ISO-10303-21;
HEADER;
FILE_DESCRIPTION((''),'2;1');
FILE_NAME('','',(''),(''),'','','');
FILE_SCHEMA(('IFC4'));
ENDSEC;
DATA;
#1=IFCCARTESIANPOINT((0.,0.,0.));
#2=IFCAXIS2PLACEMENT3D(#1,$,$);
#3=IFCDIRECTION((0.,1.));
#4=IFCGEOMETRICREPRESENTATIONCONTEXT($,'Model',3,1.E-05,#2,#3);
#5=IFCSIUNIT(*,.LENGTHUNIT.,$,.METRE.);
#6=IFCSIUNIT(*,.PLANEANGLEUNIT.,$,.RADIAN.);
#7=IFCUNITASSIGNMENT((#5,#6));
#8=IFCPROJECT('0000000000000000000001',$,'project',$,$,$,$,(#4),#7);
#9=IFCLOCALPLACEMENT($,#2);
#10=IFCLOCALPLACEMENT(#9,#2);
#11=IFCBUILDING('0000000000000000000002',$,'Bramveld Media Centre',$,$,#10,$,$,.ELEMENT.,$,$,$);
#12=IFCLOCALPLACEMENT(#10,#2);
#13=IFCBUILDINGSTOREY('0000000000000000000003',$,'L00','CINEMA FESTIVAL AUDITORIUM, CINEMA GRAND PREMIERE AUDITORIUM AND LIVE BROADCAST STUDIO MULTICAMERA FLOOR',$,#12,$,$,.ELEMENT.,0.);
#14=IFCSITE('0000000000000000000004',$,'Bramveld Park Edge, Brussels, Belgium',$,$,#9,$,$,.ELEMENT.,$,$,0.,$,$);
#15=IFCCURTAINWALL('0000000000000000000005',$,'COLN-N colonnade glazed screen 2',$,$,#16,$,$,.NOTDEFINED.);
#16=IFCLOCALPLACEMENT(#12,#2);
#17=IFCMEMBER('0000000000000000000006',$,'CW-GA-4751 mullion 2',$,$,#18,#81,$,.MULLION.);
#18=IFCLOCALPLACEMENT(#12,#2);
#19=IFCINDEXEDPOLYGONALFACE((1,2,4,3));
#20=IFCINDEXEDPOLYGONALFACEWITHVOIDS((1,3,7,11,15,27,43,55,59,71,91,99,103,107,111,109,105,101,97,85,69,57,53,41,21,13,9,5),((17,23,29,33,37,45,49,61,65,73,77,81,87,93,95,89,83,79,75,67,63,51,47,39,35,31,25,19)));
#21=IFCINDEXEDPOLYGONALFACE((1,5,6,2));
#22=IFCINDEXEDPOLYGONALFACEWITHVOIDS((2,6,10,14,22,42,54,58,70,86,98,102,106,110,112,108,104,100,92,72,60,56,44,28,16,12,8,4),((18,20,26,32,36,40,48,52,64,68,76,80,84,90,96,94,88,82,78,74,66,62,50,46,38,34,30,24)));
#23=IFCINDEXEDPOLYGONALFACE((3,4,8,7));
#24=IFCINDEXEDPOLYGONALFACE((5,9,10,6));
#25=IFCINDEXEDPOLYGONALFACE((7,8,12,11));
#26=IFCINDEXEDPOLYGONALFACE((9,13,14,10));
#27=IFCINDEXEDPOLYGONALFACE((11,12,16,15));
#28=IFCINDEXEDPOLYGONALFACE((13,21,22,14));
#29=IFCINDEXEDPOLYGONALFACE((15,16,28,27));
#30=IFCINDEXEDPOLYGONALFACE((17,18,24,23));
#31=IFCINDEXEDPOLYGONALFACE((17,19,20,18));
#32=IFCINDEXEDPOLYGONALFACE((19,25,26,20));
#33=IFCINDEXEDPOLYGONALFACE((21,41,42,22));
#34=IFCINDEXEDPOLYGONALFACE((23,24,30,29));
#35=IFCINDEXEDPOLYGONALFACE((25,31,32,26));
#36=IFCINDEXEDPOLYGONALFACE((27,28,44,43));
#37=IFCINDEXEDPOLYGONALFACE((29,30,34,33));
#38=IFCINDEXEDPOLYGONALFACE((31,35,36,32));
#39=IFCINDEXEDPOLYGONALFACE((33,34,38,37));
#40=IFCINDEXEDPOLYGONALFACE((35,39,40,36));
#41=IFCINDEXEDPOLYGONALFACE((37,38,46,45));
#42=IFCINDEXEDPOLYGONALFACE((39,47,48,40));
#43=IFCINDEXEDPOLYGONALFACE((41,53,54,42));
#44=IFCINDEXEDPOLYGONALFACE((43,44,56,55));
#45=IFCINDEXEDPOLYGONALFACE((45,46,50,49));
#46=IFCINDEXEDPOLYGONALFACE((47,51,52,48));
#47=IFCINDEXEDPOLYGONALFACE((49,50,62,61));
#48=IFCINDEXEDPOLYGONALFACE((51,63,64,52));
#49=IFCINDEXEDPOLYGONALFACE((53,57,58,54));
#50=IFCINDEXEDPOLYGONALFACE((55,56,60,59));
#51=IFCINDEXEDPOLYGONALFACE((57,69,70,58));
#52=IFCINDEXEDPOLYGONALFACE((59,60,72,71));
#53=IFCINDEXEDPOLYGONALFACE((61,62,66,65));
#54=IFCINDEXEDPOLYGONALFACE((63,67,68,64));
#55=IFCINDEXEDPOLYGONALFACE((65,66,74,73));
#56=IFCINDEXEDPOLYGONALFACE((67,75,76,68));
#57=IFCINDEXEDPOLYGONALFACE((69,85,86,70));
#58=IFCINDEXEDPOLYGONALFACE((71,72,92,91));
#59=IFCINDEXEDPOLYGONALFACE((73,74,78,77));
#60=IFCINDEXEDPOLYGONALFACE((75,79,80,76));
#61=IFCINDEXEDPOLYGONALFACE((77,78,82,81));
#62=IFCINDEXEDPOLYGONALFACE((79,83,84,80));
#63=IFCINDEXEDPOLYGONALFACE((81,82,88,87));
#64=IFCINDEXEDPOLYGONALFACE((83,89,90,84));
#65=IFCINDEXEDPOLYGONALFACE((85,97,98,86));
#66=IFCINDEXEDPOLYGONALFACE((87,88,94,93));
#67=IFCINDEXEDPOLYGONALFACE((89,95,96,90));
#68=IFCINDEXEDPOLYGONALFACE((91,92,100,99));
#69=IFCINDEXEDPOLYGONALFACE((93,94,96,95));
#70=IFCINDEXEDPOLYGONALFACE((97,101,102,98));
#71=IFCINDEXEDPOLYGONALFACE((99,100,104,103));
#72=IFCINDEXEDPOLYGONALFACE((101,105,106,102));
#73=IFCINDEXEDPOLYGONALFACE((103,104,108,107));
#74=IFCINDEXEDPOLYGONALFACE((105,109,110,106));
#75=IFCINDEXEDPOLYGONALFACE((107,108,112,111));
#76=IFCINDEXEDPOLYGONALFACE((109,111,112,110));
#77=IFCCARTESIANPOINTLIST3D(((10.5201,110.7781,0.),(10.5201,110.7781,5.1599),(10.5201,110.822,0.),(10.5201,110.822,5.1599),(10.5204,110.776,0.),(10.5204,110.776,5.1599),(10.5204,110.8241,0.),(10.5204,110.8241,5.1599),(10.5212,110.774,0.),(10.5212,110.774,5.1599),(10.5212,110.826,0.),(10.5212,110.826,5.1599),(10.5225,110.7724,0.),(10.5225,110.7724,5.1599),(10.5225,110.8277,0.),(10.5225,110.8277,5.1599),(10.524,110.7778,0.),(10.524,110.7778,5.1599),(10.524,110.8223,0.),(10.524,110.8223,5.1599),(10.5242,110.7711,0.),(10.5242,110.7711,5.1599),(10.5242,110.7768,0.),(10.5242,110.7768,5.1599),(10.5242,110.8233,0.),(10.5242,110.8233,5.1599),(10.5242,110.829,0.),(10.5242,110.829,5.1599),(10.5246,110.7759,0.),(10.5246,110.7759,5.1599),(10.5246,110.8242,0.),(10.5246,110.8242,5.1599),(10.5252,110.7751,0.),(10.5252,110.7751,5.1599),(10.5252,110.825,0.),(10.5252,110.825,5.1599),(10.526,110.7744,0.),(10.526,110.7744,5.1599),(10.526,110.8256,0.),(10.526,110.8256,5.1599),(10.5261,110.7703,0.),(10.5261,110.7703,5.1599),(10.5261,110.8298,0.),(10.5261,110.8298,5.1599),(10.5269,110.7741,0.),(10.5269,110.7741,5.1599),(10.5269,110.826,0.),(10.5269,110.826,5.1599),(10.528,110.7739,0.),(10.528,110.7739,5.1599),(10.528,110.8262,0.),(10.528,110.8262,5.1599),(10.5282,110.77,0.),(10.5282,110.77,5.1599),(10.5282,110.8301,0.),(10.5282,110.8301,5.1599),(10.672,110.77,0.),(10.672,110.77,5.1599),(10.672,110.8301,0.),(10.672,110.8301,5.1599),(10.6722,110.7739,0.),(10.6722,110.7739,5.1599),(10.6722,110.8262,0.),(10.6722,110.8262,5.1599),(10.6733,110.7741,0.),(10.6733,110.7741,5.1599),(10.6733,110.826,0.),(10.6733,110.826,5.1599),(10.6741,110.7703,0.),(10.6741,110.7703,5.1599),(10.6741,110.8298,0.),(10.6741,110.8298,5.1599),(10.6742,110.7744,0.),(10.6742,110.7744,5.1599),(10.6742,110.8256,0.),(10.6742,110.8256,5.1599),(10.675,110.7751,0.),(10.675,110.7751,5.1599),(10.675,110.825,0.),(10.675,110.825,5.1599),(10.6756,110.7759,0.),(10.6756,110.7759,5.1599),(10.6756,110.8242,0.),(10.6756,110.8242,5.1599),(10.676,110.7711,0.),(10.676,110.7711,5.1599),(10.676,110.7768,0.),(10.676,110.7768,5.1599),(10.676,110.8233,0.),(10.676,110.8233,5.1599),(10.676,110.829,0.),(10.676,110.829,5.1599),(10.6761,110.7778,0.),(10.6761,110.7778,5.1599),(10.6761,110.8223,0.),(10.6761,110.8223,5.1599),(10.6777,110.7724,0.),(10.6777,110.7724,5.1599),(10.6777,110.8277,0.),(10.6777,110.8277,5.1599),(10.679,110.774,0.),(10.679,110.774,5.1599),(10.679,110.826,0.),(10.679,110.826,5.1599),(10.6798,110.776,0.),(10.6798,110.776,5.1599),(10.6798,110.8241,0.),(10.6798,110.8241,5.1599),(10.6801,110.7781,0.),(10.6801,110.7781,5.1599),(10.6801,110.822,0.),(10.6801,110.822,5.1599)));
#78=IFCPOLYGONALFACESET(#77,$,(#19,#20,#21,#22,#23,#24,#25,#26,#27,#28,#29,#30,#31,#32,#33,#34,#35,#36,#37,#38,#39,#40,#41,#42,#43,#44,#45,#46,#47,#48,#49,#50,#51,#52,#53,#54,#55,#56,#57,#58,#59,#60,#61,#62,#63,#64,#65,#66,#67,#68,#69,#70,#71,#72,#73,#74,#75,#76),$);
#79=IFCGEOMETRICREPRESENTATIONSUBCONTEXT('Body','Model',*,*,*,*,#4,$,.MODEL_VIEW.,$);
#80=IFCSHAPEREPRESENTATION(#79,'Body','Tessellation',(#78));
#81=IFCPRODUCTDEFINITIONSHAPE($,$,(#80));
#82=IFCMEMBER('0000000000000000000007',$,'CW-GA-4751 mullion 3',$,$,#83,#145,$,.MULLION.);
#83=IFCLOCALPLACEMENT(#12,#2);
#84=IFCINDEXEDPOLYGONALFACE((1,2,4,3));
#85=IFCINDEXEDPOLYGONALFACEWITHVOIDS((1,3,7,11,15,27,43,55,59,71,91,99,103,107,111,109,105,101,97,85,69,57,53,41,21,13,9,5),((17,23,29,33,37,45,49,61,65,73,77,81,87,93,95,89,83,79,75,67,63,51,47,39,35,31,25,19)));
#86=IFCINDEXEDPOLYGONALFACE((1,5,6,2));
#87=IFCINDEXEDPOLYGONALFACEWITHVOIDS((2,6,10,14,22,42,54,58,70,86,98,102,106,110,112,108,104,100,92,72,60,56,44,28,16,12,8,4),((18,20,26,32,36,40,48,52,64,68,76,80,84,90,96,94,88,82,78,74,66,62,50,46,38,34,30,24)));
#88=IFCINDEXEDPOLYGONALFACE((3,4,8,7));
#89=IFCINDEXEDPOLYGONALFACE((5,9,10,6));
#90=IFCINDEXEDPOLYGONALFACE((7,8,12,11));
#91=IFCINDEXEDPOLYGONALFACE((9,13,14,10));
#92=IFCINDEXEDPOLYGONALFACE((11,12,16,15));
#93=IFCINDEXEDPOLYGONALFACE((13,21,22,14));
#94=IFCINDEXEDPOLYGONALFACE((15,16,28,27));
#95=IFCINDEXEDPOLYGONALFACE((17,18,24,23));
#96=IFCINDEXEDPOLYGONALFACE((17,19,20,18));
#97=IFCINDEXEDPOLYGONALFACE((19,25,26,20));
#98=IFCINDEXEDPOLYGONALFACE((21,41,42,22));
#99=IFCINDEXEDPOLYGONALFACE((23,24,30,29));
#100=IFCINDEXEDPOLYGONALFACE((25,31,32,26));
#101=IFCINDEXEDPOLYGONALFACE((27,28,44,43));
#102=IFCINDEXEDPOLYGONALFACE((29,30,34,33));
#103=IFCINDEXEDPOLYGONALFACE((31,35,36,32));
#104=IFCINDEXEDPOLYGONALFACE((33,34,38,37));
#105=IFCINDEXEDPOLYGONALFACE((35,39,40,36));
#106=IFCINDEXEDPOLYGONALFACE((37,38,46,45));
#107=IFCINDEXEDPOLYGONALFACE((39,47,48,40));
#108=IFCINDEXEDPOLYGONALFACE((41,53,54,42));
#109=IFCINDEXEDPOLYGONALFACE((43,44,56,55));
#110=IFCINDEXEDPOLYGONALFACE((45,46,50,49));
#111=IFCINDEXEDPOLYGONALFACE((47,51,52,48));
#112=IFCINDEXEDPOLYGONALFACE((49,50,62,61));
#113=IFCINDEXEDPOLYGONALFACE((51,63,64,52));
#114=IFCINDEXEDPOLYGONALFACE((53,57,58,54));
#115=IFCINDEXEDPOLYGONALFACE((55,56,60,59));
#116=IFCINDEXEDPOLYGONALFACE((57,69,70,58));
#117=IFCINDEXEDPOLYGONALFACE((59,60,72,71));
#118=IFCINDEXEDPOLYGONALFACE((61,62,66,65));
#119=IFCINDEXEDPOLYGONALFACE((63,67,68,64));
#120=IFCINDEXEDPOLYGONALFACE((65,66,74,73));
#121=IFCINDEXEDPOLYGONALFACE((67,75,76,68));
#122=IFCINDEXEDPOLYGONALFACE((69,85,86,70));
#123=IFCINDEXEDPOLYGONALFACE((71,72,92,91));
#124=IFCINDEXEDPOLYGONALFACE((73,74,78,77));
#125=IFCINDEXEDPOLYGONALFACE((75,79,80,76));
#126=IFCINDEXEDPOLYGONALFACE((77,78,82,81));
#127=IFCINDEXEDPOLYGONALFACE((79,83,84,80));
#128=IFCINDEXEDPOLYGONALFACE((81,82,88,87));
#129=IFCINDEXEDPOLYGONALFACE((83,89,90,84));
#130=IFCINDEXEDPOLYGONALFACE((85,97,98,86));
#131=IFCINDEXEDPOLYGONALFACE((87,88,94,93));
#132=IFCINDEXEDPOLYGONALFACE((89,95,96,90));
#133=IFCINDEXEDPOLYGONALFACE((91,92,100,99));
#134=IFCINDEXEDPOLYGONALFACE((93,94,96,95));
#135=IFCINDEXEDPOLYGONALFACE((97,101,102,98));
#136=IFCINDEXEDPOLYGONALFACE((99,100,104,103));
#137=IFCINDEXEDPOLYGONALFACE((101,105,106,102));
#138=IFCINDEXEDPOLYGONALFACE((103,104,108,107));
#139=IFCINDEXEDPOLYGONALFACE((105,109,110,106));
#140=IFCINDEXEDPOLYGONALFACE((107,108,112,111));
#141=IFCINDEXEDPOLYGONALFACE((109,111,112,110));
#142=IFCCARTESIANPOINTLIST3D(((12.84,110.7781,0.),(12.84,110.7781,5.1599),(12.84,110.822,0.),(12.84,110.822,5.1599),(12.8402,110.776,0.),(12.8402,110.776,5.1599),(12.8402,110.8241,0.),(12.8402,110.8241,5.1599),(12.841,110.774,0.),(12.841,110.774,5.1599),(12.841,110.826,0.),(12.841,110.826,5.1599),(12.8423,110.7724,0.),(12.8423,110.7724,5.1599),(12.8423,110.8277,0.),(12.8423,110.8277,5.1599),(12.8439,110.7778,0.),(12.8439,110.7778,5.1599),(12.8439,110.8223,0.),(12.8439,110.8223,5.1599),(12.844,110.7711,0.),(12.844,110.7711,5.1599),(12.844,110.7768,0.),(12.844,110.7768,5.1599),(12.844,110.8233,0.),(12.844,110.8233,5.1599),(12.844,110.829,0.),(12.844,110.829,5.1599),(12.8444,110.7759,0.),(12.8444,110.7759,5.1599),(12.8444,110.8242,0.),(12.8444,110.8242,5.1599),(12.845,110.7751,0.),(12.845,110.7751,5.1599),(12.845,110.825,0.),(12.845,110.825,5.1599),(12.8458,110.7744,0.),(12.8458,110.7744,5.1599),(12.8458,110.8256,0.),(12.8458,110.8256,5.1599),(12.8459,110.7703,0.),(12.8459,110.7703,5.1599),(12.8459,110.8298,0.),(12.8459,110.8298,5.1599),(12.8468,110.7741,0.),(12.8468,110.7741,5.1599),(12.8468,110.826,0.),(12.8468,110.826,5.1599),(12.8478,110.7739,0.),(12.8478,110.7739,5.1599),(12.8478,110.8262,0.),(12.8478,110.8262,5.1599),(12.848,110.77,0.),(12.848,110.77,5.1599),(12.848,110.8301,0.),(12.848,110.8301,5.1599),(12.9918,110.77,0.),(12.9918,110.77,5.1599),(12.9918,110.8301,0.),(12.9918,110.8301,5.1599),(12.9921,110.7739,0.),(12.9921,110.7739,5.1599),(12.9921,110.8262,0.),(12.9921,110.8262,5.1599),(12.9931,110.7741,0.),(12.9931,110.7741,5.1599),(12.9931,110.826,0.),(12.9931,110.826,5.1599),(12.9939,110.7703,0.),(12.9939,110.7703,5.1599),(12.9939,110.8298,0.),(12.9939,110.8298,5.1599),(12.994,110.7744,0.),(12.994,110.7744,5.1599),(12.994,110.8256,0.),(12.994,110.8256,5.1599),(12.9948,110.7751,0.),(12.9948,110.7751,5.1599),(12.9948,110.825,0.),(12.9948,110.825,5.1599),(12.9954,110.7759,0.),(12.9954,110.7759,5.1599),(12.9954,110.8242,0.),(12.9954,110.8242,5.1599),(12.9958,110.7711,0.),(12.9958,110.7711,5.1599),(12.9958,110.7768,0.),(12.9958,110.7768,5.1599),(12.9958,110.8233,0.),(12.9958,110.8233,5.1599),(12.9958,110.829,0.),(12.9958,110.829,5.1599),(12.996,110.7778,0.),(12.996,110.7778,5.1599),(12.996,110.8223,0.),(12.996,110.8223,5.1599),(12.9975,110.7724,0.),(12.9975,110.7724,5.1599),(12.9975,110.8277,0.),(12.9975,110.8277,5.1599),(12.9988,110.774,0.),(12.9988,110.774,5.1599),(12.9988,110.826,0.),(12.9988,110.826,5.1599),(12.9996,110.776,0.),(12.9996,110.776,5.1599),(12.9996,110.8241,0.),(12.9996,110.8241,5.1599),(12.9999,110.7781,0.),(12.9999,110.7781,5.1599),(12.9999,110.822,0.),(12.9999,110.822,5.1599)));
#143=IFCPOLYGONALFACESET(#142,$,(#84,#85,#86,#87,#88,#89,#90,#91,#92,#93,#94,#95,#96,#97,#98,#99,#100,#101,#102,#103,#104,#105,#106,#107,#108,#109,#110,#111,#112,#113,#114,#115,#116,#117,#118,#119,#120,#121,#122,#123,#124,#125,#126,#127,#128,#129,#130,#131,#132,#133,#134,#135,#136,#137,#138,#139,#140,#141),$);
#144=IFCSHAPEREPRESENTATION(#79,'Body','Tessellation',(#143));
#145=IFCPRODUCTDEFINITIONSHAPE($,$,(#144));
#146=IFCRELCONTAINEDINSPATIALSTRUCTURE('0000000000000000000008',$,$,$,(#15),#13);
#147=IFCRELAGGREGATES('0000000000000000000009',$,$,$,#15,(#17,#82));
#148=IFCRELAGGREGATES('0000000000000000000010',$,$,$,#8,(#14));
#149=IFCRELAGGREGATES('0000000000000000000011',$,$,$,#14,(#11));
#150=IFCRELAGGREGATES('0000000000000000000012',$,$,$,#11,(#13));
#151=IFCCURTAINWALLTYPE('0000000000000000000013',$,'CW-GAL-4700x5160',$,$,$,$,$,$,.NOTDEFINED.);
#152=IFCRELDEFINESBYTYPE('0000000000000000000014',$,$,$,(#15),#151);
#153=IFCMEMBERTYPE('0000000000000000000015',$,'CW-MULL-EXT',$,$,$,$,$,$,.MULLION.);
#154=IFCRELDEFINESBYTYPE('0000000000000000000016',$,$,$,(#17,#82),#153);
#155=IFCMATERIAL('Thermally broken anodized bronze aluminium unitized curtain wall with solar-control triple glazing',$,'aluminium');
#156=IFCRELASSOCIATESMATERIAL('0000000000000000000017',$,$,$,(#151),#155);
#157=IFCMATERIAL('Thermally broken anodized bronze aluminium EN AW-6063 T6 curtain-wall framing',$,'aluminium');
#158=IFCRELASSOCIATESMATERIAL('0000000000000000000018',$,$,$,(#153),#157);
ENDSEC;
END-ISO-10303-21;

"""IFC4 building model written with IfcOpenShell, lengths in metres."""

from ifc_helpers import new_model, si_unit, direction, frame, origin, origin_2d, place, context, subcontext, project, spatial, hollow_rectangle, extrude, material, material_profile, profile_set, type_object, element, aggregate, save


model = new_model("IFC4")

# Units and contexts
model_context = context("Model", 3, precision=1e-05, world=origin(), true_north=direction((0.0, 1.0)))
body_context = subcontext(model_context, "Body", "Model", "MODEL_VIEW")
ifc_project = project(units=[si_unit("LENGTHUNIT", "METRE"), si_unit("PLANEANGLEUNIT", "RADIAN")], contexts=[model_context])

# Site, building, storey
site_placement = place(None, origin())
site = spatial("IfcSite", under=ifc_project, at=site_placement, Name="Bramveld Park Edge, Brussels, Belgium", CompositionType="ELEMENT", RefElevation=0.0)
building_placement = place(site_placement, origin())
building = spatial("IfcBuilding", under=site, at=building_placement, Name="Bramveld Media Centre", CompositionType="ELEMENT")
storey_placement = place(building_placement, origin())
storey = spatial("IfcBuildingStorey", under=building, at=storey_placement, Name="L00", Description="CINEMA FESTIVAL AUDITORIUM, CINEMA GRAND PREMIERE AUDITORIUM AND LIVE BROADCAST STUDIO MULTICAMERA FLOOR", CompositionType="ELEMENT", Elevation=0.0)

# Curtain wall, members
ifc_material_1 = material(Name="Thermally broken anodized bronze aluminium unitized curtain wall with solar-control triple glazing", Category="aluminium")
curtain_wall_type_1 = type_object("IfcCurtainWallType", Name="CW-GAL-4700x5160", PredefinedType="NOTDEFINED", material=ifc_material_1)
curtain_wall_1_placement = place(storey_placement, origin())
curtain_wall_1 = element("IfcCurtainWall", 1, at=curtain_wall_1_placement, inside=storey, type_object=curtain_wall_type_1, Name="COLN-N colonnade glazed screen 2", PredefinedType="NOTDEFINED")
ifc_material_2 = material(Name="Thermally broken anodized bronze aluminium EN AW-6063 T6 curtain-wall framing", Category="aluminium")
ifc_material_profile_1 = material_profile(ifc_material_2, hollow_rectangle(XDim=0.0601, YDim=0.1599, WallThickness=0.0039, InnerFilletRadius=0.0039, OuterFilletRadius=0.0081, at=origin_2d()), Name="AL-MULL 60x160")
ifc_profile_set_1 = profile_set([ifc_material_profile_1], Name="Thermally broken anodized bronze aluminium EN AW-6063 T6 curtain-wall framing")
member_type_1 = type_object("IfcMemberType", Name="CW-MULL-EXT", PredefinedType="MULLION", material=ifc_profile_set_1)
member_1_placement = place(storey_placement, frame((10.6001, 110.8, 0.0), z_axis=(0.0, 0.0, 1.0), x_axis=(0.0, 1.0, 0.0)))
member_1 = element("IfcMember", 2, at=member_1_placement, type_object=member_type_1, Name="CW-GA-4751 mullion 2", PredefinedType="MULLION", context=body_context, shape_type="SweptSolid", body=[
    extrude(hollow_rectangle(XDim=0.0601, YDim=0.1599, WallThickness=0.0039, InnerFilletRadius=0.0039, OuterFilletRadius=0.0081, at=origin_2d()), origin(), (0.0, 0.0, 1.0), 5.1599),
])
member_2_placement = place(storey_placement, frame((12.9199, 110.8, 0.0), z_axis=(0.0, 0.0, 1.0), x_axis=(0.0, 1.0, 0.0)))
member_2 = element("IfcMember", 3, at=member_2_placement, type_object=member_type_1, Name="CW-GA-4751 mullion 3", PredefinedType="MULLION", context=body_context, shape_type="SweptSolid", body=[
    extrude(hollow_rectangle(XDim=0.0601, YDim=0.1599, WallThickness=0.0039, InnerFilletRadius=0.0039, OuterFilletRadius=0.0081, at=origin_2d()), origin(), (0.0, 0.0, 1.0), 5.1599),
])

aggregate(curtain_wall_1, [member_1, member_2])

save(model, "model.ifc")
